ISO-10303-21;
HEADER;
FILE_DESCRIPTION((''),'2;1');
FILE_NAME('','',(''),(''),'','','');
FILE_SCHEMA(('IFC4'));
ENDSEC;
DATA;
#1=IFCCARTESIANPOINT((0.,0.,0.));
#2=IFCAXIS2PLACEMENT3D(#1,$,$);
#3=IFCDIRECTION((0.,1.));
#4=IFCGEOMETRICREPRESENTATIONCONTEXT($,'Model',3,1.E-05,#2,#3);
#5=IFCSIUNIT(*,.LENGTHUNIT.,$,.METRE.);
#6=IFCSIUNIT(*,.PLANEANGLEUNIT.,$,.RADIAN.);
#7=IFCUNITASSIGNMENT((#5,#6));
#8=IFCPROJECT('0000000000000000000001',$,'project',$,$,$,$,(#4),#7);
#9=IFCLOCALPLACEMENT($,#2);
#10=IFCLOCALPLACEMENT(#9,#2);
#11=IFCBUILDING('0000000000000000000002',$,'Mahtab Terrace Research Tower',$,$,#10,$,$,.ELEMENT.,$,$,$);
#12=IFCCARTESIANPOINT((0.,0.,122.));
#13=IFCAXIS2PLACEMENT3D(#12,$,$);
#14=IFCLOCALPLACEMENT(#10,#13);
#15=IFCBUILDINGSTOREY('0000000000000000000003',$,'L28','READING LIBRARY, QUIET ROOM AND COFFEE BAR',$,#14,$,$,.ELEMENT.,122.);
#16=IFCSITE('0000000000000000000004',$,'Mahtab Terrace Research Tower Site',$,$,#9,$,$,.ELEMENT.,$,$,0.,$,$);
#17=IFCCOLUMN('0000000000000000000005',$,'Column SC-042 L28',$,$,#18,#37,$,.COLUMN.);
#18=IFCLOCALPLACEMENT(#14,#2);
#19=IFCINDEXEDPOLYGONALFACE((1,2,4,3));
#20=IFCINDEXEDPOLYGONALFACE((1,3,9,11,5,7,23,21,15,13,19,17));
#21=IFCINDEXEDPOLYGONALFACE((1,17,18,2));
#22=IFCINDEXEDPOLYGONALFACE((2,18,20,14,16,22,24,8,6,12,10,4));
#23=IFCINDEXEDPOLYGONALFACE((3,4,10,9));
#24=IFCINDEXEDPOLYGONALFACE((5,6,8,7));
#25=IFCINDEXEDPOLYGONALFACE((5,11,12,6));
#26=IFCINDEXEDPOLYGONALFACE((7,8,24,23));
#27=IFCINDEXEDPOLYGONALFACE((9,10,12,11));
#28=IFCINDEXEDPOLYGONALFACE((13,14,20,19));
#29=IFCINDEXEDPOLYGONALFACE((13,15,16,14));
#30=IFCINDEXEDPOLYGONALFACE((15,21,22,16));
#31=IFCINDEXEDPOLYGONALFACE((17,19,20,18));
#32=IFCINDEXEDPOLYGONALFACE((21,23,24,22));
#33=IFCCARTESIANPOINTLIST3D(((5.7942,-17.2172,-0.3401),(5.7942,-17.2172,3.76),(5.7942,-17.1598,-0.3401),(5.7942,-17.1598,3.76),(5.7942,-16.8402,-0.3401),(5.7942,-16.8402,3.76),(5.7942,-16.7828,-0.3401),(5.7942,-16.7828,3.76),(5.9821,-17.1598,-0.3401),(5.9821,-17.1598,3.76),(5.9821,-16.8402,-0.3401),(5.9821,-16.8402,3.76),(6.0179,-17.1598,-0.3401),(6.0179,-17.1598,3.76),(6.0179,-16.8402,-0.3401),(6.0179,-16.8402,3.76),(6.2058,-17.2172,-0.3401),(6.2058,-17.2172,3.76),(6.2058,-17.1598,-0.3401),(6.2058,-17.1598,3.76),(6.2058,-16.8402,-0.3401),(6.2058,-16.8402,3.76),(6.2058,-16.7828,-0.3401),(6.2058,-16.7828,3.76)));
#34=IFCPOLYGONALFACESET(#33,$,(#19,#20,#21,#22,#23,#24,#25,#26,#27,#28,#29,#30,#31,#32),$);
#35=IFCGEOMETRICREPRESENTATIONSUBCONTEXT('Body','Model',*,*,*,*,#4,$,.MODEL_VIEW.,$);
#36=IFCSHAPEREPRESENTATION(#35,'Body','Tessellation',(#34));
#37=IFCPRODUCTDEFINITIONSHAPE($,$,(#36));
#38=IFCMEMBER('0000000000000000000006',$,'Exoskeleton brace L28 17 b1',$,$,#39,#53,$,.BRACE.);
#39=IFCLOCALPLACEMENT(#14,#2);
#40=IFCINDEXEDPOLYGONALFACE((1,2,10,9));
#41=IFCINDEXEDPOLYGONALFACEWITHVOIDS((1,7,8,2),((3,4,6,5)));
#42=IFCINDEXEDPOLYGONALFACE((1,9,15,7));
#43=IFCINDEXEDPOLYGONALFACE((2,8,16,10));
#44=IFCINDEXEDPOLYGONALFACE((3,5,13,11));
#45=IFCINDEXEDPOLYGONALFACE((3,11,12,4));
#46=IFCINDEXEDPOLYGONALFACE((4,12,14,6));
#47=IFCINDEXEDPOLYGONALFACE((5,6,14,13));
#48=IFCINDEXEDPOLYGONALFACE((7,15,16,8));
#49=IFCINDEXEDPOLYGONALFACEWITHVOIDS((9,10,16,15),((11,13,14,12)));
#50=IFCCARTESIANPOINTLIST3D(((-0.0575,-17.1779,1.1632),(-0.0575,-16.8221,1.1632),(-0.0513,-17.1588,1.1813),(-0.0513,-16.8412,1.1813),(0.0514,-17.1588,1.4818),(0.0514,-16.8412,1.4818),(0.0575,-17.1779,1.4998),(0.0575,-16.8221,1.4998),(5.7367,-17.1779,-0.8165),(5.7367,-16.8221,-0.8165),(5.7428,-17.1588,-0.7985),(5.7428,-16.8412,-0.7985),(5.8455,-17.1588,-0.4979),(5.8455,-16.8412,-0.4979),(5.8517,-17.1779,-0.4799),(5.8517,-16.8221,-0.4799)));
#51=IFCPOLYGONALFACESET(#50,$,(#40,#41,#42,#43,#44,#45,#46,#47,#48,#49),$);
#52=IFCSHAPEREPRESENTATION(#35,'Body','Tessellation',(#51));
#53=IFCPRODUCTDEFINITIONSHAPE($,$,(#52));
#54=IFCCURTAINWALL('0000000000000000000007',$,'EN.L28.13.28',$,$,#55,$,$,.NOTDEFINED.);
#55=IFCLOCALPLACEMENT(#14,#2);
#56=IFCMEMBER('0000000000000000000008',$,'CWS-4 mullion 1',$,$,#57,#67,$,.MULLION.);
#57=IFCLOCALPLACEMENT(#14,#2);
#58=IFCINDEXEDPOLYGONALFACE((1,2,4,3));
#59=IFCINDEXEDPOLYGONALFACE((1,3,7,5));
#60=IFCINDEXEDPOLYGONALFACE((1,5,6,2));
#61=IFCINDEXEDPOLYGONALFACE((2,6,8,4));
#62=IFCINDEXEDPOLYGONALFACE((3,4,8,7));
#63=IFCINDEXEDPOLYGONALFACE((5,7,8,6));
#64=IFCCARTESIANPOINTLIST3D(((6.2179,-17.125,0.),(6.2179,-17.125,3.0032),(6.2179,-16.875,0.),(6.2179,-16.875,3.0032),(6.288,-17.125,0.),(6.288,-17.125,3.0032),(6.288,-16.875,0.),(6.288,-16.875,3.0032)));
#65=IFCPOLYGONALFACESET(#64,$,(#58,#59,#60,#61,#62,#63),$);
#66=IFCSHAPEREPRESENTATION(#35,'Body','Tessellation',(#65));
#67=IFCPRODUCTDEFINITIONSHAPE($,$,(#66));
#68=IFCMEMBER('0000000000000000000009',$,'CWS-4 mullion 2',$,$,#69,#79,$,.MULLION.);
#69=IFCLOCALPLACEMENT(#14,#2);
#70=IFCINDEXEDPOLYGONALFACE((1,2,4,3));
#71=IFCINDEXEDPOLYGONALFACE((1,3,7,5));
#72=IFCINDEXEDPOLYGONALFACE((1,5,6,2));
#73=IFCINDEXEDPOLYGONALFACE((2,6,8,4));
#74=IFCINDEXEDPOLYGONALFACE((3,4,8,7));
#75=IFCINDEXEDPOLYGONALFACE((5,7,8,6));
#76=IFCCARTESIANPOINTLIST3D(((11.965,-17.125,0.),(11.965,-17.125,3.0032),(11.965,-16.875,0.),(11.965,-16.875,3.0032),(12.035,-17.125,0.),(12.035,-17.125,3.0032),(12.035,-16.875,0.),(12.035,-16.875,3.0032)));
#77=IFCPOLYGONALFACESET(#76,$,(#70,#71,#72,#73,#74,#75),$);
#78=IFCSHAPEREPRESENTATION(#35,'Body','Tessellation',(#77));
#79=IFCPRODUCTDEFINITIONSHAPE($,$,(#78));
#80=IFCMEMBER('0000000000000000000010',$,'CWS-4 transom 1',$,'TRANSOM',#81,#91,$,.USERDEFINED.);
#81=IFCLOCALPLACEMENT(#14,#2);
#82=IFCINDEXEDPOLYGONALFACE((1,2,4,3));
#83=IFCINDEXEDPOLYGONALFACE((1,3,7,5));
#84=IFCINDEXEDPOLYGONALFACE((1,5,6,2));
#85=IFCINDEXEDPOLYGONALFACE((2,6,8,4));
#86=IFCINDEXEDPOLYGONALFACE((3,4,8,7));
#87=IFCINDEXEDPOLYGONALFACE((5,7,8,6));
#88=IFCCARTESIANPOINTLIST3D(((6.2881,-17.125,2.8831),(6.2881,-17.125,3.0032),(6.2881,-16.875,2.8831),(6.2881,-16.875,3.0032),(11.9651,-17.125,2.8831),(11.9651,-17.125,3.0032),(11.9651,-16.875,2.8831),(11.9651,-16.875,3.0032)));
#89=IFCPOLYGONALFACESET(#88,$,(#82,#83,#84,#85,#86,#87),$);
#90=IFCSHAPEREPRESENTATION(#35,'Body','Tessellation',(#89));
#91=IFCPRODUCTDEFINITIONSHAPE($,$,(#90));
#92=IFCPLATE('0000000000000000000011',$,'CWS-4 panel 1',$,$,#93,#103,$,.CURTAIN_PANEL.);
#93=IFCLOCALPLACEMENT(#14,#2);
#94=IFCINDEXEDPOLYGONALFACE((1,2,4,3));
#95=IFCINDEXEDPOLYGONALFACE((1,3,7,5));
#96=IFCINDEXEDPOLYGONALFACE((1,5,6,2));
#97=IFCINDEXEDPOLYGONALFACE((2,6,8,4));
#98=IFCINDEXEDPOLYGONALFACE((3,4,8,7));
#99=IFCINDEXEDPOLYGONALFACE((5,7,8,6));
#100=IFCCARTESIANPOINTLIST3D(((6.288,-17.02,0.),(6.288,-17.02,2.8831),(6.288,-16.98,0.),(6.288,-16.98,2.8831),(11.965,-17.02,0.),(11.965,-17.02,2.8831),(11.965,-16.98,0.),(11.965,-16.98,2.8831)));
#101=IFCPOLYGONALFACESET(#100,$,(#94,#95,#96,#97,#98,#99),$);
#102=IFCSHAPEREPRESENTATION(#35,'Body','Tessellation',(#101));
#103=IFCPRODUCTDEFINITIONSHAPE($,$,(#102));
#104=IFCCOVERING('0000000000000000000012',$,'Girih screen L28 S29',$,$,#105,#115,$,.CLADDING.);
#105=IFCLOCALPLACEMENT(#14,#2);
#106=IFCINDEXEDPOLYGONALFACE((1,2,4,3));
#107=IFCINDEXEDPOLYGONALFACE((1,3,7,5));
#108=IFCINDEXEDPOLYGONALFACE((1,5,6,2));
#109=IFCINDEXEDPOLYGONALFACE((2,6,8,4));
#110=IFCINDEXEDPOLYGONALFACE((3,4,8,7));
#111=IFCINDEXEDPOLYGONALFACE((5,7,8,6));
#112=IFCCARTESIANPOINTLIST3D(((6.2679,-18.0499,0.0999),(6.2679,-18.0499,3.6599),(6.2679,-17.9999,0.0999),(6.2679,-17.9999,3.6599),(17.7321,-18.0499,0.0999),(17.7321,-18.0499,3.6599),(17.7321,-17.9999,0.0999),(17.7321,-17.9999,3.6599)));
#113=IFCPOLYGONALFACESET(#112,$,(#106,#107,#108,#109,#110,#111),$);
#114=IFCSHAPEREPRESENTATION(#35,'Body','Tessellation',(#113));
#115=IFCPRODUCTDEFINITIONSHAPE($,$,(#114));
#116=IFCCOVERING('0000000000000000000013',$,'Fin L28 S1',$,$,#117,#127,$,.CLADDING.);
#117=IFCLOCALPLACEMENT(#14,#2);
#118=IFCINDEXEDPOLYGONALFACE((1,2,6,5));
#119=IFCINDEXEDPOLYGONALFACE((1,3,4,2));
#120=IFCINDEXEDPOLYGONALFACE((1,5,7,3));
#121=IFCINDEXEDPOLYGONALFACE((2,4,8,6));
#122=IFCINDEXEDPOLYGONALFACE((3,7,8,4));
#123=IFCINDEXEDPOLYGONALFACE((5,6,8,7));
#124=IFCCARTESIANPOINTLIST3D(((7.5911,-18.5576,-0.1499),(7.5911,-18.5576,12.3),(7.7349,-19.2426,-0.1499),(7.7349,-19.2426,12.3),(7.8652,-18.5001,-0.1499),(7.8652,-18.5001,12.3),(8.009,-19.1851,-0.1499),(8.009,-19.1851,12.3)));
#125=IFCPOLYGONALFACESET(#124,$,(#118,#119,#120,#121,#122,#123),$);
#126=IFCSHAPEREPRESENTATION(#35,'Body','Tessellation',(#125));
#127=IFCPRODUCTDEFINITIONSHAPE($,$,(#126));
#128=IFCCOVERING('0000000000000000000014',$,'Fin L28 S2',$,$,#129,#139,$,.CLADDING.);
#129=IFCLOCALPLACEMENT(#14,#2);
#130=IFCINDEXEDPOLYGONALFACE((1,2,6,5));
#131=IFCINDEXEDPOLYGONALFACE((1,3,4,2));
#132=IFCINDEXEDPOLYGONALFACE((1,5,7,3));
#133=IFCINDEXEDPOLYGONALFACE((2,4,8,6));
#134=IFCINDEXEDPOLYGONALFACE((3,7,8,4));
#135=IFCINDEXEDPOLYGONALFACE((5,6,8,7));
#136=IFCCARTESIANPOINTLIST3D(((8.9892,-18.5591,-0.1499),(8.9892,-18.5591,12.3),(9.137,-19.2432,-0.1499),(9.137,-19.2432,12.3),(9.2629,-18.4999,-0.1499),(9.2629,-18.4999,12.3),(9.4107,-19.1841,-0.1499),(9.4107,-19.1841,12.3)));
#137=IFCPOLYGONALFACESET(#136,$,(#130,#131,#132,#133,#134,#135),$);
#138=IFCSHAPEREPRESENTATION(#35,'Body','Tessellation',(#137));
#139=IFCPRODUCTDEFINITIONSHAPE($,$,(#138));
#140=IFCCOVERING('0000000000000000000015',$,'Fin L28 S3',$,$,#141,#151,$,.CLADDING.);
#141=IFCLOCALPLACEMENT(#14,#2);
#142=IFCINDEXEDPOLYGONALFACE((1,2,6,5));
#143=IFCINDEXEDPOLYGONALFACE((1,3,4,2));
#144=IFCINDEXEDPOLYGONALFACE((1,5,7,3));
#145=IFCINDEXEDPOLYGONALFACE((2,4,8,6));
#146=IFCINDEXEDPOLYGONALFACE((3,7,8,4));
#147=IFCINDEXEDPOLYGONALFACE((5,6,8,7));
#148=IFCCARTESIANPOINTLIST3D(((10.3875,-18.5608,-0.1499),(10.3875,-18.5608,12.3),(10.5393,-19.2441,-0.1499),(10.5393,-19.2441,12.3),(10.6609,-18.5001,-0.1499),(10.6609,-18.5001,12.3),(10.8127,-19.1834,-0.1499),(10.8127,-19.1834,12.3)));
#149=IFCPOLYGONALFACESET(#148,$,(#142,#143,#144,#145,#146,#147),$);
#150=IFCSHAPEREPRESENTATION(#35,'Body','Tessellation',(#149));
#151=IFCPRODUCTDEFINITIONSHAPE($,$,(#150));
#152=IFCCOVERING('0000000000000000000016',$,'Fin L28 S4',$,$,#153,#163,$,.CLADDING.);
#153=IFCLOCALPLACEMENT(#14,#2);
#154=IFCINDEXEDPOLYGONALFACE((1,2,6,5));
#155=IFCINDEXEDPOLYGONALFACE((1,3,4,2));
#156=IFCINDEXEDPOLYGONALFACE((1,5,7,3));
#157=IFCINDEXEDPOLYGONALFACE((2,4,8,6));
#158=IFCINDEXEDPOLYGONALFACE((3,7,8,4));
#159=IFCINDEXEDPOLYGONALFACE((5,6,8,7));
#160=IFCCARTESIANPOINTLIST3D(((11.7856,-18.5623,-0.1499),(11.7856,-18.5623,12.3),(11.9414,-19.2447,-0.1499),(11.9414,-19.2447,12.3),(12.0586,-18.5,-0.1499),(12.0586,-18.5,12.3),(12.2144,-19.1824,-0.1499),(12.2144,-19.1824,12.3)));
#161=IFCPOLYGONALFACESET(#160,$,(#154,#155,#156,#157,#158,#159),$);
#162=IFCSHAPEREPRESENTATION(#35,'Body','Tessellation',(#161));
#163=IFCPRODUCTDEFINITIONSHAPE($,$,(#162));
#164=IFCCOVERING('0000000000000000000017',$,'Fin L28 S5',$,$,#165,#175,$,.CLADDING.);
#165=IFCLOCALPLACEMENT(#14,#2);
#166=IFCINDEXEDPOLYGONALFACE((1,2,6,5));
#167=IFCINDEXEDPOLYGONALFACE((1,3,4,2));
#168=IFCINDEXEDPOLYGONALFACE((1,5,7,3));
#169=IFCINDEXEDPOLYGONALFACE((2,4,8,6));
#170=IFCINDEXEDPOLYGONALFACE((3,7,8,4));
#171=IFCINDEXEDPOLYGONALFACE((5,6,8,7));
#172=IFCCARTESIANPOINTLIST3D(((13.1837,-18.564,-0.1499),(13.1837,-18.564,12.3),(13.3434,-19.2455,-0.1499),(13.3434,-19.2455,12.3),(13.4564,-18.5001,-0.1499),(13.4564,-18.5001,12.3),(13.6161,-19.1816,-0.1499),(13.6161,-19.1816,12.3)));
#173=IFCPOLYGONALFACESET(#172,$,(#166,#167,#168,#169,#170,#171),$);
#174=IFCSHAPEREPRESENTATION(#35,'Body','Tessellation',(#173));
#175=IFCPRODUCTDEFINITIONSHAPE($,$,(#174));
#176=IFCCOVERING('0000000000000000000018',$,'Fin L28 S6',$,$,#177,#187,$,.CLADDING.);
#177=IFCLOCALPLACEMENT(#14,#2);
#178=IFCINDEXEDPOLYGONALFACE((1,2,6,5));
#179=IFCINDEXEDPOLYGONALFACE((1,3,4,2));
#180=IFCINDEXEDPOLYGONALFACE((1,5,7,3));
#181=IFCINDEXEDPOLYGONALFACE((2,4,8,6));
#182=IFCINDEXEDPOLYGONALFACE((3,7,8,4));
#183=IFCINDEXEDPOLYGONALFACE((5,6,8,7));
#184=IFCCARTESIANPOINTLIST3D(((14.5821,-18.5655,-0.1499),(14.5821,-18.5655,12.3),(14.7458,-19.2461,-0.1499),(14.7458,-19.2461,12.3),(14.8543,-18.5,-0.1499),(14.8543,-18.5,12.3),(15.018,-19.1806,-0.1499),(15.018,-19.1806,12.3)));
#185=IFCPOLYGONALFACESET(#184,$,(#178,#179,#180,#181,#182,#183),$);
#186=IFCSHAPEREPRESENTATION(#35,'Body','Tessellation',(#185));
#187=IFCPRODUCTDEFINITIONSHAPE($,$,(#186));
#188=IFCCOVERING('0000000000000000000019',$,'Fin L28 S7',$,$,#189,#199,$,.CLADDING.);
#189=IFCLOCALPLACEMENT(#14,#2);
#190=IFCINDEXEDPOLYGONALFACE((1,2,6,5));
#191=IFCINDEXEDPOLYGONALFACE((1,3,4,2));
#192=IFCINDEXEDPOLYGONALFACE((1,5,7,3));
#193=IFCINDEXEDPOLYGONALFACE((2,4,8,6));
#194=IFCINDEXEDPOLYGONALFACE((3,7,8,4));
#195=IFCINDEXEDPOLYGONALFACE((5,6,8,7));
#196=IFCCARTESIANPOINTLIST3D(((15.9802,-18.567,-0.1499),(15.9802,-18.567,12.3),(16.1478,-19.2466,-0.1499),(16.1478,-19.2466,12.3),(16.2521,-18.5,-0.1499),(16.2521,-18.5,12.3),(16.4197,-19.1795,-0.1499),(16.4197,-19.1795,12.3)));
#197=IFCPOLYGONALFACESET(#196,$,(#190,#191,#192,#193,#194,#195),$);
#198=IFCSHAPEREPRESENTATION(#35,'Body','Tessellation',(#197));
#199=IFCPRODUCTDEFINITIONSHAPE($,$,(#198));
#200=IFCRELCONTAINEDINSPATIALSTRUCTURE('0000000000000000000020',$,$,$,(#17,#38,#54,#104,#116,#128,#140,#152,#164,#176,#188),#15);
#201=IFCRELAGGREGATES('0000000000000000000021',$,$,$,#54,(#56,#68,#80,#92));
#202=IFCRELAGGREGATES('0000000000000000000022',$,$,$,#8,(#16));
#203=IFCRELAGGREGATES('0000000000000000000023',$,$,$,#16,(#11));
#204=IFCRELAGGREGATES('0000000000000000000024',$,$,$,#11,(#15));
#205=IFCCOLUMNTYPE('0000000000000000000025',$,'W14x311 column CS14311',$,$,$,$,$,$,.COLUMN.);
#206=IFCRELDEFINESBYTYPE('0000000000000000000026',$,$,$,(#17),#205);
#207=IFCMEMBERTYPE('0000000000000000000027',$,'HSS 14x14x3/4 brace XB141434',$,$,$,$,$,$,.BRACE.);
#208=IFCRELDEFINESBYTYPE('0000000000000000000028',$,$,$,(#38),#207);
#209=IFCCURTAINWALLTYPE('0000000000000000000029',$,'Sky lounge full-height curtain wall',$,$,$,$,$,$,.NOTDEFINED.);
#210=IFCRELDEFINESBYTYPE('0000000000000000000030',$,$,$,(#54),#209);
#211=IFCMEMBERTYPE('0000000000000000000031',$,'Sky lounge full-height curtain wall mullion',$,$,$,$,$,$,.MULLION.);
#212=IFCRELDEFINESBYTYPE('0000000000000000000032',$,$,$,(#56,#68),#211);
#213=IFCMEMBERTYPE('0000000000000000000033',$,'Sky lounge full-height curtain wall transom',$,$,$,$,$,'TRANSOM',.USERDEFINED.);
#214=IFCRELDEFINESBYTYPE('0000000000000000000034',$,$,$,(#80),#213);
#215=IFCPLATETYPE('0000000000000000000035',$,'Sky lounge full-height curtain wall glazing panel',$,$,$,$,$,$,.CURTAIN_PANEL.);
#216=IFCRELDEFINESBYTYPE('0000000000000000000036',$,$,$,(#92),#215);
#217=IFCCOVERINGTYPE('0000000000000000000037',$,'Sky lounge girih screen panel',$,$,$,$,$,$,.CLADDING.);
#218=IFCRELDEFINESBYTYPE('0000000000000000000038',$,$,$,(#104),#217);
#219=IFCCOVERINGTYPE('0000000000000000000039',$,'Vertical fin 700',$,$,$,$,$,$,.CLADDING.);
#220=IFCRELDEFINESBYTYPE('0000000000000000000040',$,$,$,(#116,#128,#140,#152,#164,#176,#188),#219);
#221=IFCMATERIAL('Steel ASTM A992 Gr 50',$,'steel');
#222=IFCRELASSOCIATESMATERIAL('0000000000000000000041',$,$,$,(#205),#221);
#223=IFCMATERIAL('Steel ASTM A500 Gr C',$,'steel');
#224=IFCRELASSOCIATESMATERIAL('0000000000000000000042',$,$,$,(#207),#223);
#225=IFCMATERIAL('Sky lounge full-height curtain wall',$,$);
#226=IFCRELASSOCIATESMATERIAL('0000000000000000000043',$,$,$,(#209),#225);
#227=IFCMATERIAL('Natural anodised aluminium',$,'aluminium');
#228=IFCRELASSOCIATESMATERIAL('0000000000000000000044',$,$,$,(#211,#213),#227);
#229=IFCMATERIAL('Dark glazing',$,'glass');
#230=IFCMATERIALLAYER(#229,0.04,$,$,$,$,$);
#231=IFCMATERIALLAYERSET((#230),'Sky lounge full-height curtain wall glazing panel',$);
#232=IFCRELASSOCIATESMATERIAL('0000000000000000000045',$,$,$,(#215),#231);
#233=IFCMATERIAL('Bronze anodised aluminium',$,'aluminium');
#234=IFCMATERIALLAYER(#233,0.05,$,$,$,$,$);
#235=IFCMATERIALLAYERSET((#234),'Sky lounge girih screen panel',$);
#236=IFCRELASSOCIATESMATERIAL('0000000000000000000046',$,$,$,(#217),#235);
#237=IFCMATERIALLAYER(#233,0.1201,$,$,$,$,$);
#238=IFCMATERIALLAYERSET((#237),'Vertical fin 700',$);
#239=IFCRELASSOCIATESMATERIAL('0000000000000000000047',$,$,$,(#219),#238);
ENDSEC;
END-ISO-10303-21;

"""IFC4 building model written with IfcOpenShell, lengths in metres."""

from ifc_helpers import new_model, si_unit, direction, frame, origin, origin_2d, place, context, subcontext, project, spatial, rectangle, hollow_rectangle, i_section, extrude, material, layer, layer_set, material_profile, profile_set, type_object, element, aggregate, save


model = new_model("IFC4")

# Units and contexts
model_context = context("Model", 3, precision=1e-05, world=origin(), true_north=direction((0.0, 1.0)))
body_context = subcontext(model_context, "Body", "Model", "MODEL_VIEW")
ifc_project = project(units=[si_unit("LENGTHUNIT", "METRE"), si_unit("PLANEANGLEUNIT", "RADIAN")], contexts=[model_context])

# Site, building, storey
site_placement = place(None, origin())
site = spatial("IfcSite", under=ifc_project, at=site_placement, Name="Mahtab Terrace Research Tower Site", CompositionType="ELEMENT", RefElevation=0.0)
building_placement = place(site_placement, origin())
building = spatial("IfcBuilding", under=site, at=building_placement, Name="Mahtab Terrace Research Tower", CompositionType="ELEMENT")
storey_placement = place(building_placement, frame((0.0, 0.0, 122.0)))
storey = spatial("IfcBuildingStorey", under=building, at=storey_placement, Name="L28", Description="READING LIBRARY, QUIET ROOM AND COFFEE BAR", CompositionType="ELEMENT", Elevation=122.0)

# Column
ifc_material_1 = material(Name="Steel ASTM A992 Gr 50", Category="steel")
ifc_material_profile_1 = material_profile(ifc_material_1, i_section(OverallWidth=0.4116, OverallDepth=0.4343, WebThickness=0.0359, FlangeThickness=0.0574, at=origin_2d()), Name="W14X311")
ifc_profile_set_1 = profile_set([ifc_material_profile_1], Name="Steel ASTM A992 Gr 50")
column_type = type_object("IfcColumnType", Name="W14x311 column CS14311", PredefinedType="COLUMN", material=ifc_profile_set_1)
column_placement = place(storey_placement, frame((6.0, -17.0, -0.3401), z_axis=(0.0, 0.0, 1.0), x_axis=(1.0, 0.0, 0.0)))
element("IfcColumn", 1, at=column_placement, inside=storey, type_object=column_type, Name="Column SC-042 L28", PredefinedType="COLUMN", context=body_context, shape_type="SweptSolid", body=[
    extrude(i_section(OverallWidth=0.4116, OverallDepth=0.4343, WebThickness=0.0359, FlangeThickness=0.0574, at=origin_2d()), origin(), (0.0, 0.0, 1.0), 4.1001),
])

# Member
ifc_material_2 = material(Name="Steel ASTM A500 Gr C", Category="steel")
ifc_material_profile_2 = material_profile(ifc_material_2, hollow_rectangle(XDim=0.3557, YDim=0.3557, WallThickness=0.019, at=origin_2d()), Name="HSS14X14X3/4")
ifc_profile_set_2 = profile_set([ifc_material_profile_2], Name="Steel ASTM A500 Gr C")
member_type_1 = type_object("IfcMemberType", Name="HSS 14x14x3/4 brace XB141434", PredefinedType="BRACE", material=ifc_profile_set_2)
member_1_placement = place(storey_placement, frame((5.7942, -17.0, -0.6482), z_axis=(-0.946288, 0.0, 0.323324), x_axis=(0.0, -1.0, 0.0)))
element("IfcMember", 2, at=member_1_placement, inside=storey, type_object=member_type_1, Name="Exoskeleton brace L28 17 b1", PredefinedType="BRACE", context=body_context, shape_type="SweptSolid", body=[
    extrude(hollow_rectangle(XDim=0.3557, YDim=0.3557, WallThickness=0.019, at=origin_2d()), origin(), (0.0, 0.0, 1.0), 6.123),
])

# Curtain wall, members, plate
ifc_material_3 = material(Name="Sky lounge full-height curtain wall")
curtain_wall_type = type_object("IfcCurtainWallType", Name="Sky lounge full-height curtain wall", PredefinedType="NOTDEFINED", material=ifc_material_3)
curtain_wall_placement = place(storey_placement, origin())
curtain_wall = element("IfcCurtainWall", 3, at=curtain_wall_placement, inside=storey, type_object=curtain_wall_type, Name="EN.L28.13.28", PredefinedType="NOTDEFINED")
ifc_material_4 = material(Name="Natural anodised aluminium", Category="aluminium")
ifc_material_profile_3 = material_profile(ifc_material_4, rectangle(XDim=0.25, YDim=0.0701, at=origin_2d()), Name="MULLION 70x250")
ifc_profile_set_3 = profile_set([ifc_material_profile_3], Name="Natural anodised aluminium")
member_type_2 = type_object("IfcMemberType", Name="Sky lounge full-height curtain wall mullion", PredefinedType="MULLION", material=ifc_profile_set_3)
member_2_placement = place(storey_placement, frame((6.2529, -17.0, 0.0), z_axis=(0.0, 0.0, 1.0), x_axis=(0.0, 1.0, 0.0)))
member_2 = element("IfcMember", 4, at=member_2_placement, type_object=member_type_2, Name="CWS-4 mullion 1", PredefinedType="MULLION", context=body_context, shape_type="SweptSolid", body=[
    extrude(rectangle(XDim=0.25, YDim=0.0701, at=origin_2d()), origin(), (0.0, 0.0, 1.0), 3.0032),
])
member_3_placement = place(storey_placement, frame((12.0, -17.0, 0.0), z_axis=(0.0, 0.0, 1.0), x_axis=(0.0, 1.0, 0.0)))
member_3 = element("IfcMember", 5, at=member_3_placement, type_object=member_type_2, Name="CWS-4 mullion 2", PredefinedType="MULLION", context=body_context, shape_type="SweptSolid", body=[
    extrude(rectangle(XDim=0.25, YDim=0.0701, at=origin_2d()), origin(), (0.0, 0.0, 1.0), 3.0032),
])
ifc_material_profile_4 = material_profile(ifc_material_4, rectangle(XDim=0.25, YDim=0.1201, at=origin_2d()), Name="TRANSOM 120x250")
ifc_profile_set_4 = profile_set([ifc_material_profile_4], Name="Natural anodised aluminium")
member_type_3 = type_object("IfcMemberType", Name="Sky lounge full-height curtain wall transom", ElementType="TRANSOM", PredefinedType="USERDEFINED", material=ifc_profile_set_4)
member_4_placement = place(storey_placement, frame((6.2881, -17.0, 2.9431), z_axis=(1.0, 0.0, 0.0), x_axis=(0.0, 1.0, 0.0)))
member_4 = element("IfcMember", 6, at=member_4_placement, type_object=member_type_3, Name="CWS-4 transom 1", ObjectType="TRANSOM", PredefinedType="USERDEFINED", context=body_context, shape_type="SweptSolid", body=[
    extrude(rectangle(XDim=0.25, YDim=0.1201, at=origin_2d()), origin(), (0.0, 0.0, 1.0), 5.677),
])
ifc_material_5 = material(Name="Dark glazing", Category="glass")
ifc_layer_1 = layer(ifc_material_5, 0.04)
ifc_layer_set_1 = layer_set([ifc_layer_1], Name="Sky lounge full-height curtain wall glazing panel")
plate_type = type_object("IfcPlateType", Name="Sky lounge full-height curtain wall glazing panel", PredefinedType="CURTAIN_PANEL", material=ifc_layer_set_1)
plate_placement = place(storey_placement, frame((9.1265, -17.0, 0.0), z_axis=(0.0, 0.0, 1.0), x_axis=(1.0, 0.0, 0.0)))
plate = element("IfcPlate", 7, at=plate_placement, type_object=plate_type, Name="CWS-4 panel 1", PredefinedType="CURTAIN_PANEL", context=body_context, shape_type="SweptSolid", body=[
    extrude(rectangle(XDim=5.677, YDim=0.04, at=origin_2d()), origin(), (0.0, 0.0, 1.0), 2.8831),
])
aggregate(curtain_wall, [member_2, member_3, member_4, plate])

# Coverings
ifc_material_6 = material(Name="Bronze anodised aluminium", Category="aluminium")
ifc_layer_2 = layer(ifc_material_6, 0.05)
ifc_layer_set_2 = layer_set([ifc_layer_2], Name="Sky lounge girih screen panel")
covering_type_1 = type_object("IfcCoveringType", Name="Sky lounge girih screen panel", PredefinedType="CLADDING", material=ifc_layer_set_2)
covering_placement = place(storey_placement, frame((12.0, -18.0249, 0.0999), z_axis=(0.0, 0.0, 1.0), x_axis=(1.0, 0.0, 0.0)))
element("IfcCovering", 8, at=covering_placement, inside=storey, type_object=covering_type_1, Name="Girih screen L28 S29", PredefinedType="CLADDING", context=body_context, shape_type="SweptSolid", body=[
    extrude(rectangle(XDim=11.4641, YDim=0.05, at=origin_2d()), origin(), (0.0, 0.0, 1.0), 3.5601),
])
ifc_layer_3 = layer(ifc_material_6, 0.1201)
ifc_layer_set_3 = layer_set([ifc_layer_3], Name="Vertical fin 700")
covering_type_2 = type_object("IfcCoveringType", Name="Vertical fin 700", PredefinedType="CLADDING", material=ifc_layer_set_3)
for number, where, z_axis, x_axis, name in (
    (9, (7.8, -18.8713, -0.1499), (0.0, 0.0, 1.0), (0.978663, 0.205472, 0.0), "Fin L28 S1"),
    (10, (9.2, -18.8716, -0.1499), (0.0, 0.0, 1.0), (0.977451, 0.211162, 0.0), "Fin L28 S2"),
    (11, (10.6001, -18.8721, -0.1499), (0.0, 0.0, 1.0), (0.976206, 0.216845, 0.0), "Fin L28 S3"),
    (12, (12.0, -18.8723, -0.1499), (0.0, 0.0, 1.0), (0.974928, 0.222521, 0.0), "Fin L28 S4"),
    (13, (13.3999, -18.8728, -0.1499), (0.0, 0.0, 1.0), (0.973617, 0.228189, 0.0), "Fin L28 S5"),
    (14, (14.8, -18.873, -0.1499), (0.0, 0.0, 1.0), (0.972273, 0.233849, 0.0), "Fin L28 S6"),
    (15, (16.2, -18.8733, -0.1499), (0.0, 0.0, 1.0), (0.970896, 0.239502, 0.0), "Fin L28 S7"),
):
    element("IfcCovering", number, at=place(storey_placement, frame(where, z_axis=z_axis, x_axis=x_axis)), inside=storey, type_object=covering_type_2, Name=name, PredefinedType="CLADDING", context=body_context, shape_type="SweptSolid", body=[
        extrude(rectangle(XDim=0.28, YDim=0.7, at=origin_2d()), origin(), (0.0, 0.0, 1.0), 12.45),
    ])

save(model, "model.ifc")
